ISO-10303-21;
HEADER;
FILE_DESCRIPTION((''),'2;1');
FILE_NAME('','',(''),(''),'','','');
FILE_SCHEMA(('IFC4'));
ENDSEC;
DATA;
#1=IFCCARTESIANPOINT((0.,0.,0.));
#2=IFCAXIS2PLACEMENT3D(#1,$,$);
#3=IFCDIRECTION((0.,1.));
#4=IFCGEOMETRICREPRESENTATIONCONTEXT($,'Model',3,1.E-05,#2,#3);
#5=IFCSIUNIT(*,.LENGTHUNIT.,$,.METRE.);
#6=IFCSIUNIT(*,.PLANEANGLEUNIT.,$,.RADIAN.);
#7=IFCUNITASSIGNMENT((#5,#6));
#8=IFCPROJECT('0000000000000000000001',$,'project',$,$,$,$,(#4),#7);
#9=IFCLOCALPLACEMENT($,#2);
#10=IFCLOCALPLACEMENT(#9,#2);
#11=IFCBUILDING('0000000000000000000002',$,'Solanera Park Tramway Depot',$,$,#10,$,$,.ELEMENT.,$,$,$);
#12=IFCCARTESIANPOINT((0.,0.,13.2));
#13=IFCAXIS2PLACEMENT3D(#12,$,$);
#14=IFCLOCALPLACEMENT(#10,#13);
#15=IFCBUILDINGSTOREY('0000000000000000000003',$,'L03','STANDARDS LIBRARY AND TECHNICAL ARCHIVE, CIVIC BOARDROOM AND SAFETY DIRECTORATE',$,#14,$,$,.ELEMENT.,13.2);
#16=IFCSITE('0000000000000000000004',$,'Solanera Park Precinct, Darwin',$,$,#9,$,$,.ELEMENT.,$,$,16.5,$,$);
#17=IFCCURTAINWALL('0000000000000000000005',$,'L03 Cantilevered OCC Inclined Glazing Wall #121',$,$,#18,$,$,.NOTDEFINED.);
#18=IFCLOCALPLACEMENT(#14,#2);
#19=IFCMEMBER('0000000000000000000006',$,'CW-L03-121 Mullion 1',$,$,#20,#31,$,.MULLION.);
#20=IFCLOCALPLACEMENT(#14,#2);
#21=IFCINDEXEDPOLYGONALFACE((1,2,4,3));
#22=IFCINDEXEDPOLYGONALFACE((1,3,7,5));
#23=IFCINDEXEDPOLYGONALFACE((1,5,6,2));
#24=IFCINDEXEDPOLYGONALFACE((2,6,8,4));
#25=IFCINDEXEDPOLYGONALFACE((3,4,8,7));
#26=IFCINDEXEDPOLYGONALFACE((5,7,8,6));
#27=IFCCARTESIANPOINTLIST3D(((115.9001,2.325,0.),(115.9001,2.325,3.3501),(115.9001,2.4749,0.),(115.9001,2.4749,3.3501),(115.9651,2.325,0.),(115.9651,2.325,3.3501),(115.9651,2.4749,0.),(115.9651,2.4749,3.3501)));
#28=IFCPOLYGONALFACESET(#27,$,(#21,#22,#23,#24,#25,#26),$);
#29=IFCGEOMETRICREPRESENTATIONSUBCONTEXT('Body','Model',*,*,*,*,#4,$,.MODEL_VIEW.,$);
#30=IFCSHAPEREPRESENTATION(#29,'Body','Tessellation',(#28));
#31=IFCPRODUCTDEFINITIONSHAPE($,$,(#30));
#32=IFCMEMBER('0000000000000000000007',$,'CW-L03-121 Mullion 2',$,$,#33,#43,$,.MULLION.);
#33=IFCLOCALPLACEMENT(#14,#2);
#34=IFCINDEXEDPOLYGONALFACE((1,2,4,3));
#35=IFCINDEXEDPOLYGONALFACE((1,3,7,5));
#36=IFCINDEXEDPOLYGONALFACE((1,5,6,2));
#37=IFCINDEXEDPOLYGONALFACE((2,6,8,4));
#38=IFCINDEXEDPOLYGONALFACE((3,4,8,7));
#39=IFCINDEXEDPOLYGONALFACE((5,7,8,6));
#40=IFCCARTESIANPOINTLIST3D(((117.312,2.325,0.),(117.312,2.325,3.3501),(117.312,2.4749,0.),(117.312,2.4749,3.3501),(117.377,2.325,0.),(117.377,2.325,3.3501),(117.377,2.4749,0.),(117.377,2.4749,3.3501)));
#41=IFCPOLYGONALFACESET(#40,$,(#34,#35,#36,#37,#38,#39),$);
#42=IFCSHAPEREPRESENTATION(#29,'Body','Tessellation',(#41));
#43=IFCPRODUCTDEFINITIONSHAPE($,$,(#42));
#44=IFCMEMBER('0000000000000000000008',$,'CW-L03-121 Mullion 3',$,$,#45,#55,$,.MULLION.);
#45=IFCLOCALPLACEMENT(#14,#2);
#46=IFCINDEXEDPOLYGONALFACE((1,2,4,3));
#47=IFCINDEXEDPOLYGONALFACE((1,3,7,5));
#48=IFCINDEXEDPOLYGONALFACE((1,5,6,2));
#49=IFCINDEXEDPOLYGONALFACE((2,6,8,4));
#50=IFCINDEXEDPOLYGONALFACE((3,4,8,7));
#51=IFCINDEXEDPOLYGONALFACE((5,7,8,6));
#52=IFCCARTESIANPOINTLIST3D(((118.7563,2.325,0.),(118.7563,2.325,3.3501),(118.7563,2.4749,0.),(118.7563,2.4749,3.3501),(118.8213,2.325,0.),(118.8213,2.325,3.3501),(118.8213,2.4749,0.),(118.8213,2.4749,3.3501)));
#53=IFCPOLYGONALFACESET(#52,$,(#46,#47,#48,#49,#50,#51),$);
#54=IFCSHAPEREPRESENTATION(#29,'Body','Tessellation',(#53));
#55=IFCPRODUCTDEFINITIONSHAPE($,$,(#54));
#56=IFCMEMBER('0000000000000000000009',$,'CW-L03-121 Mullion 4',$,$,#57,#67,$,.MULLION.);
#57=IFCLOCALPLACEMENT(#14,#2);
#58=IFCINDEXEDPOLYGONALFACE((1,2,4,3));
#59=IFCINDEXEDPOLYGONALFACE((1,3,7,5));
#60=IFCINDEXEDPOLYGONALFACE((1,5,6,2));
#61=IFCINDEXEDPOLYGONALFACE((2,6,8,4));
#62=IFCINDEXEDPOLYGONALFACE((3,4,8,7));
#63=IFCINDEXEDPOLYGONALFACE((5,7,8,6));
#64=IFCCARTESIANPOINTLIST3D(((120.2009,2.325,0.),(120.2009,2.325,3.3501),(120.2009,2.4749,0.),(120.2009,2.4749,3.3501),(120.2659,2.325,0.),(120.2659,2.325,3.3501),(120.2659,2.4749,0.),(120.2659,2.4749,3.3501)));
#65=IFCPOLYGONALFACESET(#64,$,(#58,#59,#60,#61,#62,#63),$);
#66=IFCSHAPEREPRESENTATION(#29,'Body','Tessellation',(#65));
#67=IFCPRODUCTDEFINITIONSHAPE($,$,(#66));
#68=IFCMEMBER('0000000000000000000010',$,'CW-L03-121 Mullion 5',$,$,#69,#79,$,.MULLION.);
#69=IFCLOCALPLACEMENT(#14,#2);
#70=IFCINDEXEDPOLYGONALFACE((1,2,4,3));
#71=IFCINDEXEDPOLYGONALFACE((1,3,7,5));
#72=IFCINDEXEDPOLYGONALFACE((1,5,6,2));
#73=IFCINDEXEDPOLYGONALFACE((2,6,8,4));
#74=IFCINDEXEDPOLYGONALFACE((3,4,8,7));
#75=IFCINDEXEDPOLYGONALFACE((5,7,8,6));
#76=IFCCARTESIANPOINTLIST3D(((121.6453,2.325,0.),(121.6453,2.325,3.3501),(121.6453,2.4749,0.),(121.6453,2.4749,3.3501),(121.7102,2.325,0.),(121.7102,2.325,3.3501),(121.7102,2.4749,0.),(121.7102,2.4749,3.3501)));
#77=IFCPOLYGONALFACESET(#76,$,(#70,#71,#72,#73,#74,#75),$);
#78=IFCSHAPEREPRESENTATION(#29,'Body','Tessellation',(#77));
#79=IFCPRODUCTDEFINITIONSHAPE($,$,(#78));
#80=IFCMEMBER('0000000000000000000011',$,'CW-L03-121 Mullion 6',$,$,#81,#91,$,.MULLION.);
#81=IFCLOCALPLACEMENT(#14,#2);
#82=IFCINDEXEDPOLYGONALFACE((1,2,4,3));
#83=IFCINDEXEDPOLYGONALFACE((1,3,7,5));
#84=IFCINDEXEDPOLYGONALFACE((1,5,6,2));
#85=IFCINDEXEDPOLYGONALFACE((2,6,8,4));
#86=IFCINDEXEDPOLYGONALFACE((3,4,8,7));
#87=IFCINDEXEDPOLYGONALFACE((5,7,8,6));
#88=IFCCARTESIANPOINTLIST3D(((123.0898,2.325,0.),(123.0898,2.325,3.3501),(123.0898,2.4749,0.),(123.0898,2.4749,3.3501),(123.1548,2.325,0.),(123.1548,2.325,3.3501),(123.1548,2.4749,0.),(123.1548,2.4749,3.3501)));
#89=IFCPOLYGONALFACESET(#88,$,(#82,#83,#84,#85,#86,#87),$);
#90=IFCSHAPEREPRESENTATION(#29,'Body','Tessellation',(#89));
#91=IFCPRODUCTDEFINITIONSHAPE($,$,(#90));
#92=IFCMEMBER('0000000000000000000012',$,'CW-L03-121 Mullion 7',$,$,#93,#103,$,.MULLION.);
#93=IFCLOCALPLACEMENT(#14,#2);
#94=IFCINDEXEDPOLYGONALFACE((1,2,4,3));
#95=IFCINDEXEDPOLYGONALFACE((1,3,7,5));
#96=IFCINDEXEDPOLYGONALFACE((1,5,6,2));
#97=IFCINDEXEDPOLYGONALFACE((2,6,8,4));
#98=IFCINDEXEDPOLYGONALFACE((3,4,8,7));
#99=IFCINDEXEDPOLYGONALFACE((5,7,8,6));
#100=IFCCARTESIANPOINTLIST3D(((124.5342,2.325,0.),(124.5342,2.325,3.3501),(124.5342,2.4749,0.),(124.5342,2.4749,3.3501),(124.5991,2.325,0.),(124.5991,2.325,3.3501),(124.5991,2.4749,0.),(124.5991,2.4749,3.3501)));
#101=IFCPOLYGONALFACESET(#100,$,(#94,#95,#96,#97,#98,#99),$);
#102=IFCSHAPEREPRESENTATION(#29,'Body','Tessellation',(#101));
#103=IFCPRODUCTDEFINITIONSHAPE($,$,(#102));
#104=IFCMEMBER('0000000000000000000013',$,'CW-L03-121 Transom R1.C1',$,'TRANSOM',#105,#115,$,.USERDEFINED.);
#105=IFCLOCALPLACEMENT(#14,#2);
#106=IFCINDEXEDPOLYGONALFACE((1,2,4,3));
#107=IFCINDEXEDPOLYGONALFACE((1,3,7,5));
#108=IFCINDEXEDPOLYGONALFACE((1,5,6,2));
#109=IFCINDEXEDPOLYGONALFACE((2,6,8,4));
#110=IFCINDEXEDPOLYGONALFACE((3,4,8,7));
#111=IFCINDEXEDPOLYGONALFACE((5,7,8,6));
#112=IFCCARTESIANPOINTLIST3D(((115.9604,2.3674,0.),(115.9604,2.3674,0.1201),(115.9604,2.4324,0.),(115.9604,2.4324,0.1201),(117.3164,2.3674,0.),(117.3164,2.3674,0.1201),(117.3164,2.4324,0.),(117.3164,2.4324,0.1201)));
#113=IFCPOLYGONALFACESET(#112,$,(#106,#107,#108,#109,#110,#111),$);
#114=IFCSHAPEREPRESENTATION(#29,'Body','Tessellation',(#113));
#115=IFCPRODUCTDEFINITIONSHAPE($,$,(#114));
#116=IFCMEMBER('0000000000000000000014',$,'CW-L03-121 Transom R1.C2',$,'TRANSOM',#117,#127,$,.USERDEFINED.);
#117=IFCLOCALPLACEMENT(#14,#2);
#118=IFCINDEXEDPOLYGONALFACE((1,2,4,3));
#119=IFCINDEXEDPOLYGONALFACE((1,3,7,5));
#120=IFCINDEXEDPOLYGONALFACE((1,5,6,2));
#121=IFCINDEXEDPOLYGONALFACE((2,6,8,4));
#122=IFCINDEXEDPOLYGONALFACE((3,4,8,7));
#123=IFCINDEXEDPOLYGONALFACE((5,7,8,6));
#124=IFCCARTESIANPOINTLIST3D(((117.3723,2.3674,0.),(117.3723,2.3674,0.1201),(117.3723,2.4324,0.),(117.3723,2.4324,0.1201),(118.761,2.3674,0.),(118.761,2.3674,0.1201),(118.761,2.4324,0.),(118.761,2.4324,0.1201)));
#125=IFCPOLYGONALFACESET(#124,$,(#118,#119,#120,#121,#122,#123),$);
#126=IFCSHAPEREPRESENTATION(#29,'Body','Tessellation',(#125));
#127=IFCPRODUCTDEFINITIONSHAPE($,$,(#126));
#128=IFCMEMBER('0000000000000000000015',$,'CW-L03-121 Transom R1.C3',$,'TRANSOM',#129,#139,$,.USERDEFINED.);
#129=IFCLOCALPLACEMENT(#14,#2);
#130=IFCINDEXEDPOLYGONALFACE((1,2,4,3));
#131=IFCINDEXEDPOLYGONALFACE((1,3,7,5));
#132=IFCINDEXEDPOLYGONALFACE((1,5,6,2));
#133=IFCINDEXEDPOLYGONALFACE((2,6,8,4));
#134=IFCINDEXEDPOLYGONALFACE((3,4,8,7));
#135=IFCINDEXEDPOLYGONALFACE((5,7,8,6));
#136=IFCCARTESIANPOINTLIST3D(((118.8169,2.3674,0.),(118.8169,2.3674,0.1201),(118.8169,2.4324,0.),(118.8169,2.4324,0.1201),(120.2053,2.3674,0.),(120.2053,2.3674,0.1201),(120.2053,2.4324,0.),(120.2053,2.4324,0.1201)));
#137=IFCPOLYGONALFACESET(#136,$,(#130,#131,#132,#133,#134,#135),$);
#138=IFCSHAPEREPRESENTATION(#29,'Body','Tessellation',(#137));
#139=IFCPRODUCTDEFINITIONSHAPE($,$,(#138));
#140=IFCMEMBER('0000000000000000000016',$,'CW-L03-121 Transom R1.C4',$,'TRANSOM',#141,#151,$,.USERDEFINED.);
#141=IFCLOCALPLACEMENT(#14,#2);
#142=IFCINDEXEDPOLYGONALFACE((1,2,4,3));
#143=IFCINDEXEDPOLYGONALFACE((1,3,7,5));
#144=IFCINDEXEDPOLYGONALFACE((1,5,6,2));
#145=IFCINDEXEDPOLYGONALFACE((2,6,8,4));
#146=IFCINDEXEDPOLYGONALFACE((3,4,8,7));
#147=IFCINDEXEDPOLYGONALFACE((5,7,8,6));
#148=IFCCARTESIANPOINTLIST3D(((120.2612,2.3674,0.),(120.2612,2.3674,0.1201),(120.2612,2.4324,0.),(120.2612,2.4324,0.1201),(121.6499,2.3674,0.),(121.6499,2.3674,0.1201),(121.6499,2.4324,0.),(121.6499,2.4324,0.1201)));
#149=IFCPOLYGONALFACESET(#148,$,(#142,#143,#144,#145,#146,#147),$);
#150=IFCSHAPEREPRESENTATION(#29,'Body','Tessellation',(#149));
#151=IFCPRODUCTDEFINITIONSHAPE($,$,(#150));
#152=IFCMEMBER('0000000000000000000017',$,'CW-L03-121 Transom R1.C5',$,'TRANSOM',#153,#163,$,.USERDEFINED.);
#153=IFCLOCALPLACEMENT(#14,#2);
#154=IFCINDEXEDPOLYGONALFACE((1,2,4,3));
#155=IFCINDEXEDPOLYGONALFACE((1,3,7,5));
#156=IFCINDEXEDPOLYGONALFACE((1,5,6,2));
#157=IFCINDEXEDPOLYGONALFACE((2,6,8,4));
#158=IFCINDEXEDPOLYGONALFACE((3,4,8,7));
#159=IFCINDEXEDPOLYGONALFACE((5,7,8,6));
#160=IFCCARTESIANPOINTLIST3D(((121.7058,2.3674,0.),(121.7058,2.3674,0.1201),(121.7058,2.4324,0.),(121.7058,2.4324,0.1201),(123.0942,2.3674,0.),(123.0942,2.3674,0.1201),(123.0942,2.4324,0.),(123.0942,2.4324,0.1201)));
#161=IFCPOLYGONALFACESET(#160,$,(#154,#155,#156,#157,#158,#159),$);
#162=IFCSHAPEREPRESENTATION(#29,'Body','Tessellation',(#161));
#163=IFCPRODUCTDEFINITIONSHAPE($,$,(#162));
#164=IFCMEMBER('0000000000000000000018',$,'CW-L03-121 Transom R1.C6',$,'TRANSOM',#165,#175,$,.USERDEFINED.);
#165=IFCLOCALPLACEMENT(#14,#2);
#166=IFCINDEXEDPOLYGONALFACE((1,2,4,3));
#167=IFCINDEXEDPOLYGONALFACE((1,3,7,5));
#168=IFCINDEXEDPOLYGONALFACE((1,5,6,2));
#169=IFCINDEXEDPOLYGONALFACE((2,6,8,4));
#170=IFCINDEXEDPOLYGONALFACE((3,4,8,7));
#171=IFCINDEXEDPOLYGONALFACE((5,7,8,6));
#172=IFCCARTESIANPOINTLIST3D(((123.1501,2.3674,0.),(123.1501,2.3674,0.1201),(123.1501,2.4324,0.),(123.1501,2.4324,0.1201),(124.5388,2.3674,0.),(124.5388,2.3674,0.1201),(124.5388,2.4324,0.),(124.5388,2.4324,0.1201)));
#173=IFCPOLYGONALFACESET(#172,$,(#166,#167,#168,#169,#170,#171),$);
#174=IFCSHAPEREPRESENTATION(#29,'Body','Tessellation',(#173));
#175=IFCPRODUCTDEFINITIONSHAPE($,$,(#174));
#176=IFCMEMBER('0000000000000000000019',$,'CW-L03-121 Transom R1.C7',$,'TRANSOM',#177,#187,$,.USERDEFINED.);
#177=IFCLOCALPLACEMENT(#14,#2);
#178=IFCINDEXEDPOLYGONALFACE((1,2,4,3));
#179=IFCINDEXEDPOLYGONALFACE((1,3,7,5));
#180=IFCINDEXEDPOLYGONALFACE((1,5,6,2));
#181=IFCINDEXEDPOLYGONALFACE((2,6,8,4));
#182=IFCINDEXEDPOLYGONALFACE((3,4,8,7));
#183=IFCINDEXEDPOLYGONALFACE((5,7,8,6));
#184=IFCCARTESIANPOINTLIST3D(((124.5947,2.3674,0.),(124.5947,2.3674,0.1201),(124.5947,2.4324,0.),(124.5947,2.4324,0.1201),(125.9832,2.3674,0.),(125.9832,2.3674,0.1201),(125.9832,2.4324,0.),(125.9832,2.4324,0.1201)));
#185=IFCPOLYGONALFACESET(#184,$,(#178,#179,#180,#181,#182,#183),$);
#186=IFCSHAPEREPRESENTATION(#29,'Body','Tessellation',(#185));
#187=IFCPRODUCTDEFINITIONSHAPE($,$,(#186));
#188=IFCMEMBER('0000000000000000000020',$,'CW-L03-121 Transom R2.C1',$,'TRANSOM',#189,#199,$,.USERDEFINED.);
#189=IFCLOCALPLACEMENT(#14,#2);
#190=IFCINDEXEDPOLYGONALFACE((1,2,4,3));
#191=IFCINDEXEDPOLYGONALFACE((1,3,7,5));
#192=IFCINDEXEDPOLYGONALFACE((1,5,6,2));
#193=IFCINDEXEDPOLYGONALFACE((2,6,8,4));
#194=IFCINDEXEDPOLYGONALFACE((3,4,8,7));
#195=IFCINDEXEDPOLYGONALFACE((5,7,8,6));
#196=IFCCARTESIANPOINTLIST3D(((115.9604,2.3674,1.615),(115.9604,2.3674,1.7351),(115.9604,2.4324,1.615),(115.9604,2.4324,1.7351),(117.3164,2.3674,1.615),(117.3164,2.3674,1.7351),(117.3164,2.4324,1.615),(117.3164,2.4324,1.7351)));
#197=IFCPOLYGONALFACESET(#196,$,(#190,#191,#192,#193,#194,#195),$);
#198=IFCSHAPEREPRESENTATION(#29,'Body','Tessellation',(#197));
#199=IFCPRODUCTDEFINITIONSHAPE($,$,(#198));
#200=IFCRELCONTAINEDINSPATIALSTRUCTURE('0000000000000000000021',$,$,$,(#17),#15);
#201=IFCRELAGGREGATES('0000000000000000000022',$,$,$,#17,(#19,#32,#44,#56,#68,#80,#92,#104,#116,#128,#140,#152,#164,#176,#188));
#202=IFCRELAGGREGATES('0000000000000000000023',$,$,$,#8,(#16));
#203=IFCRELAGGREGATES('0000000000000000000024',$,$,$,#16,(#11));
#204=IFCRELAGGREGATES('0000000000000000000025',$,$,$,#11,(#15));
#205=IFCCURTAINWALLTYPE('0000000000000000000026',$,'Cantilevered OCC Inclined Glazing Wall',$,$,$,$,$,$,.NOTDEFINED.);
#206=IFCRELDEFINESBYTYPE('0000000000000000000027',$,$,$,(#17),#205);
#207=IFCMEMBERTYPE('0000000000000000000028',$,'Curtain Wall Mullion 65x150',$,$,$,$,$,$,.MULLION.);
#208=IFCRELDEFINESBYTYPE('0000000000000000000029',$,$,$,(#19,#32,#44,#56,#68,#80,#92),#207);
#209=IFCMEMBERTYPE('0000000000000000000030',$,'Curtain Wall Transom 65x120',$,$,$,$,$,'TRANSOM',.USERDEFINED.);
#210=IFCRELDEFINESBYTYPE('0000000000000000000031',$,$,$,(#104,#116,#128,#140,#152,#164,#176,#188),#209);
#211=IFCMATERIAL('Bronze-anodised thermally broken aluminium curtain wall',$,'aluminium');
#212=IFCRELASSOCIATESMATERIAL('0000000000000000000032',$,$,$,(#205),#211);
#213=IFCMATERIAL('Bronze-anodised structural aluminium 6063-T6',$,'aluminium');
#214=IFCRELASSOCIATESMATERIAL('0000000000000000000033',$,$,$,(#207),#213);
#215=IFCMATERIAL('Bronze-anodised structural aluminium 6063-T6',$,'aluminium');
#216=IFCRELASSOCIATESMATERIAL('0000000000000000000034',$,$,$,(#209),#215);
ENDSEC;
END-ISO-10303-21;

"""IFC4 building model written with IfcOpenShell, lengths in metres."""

from ifc_helpers import new_model, si_unit, direction, frame, origin, origin_2d, place, context, subcontext, project, spatial, rectangle, extrude, material, material_profile, profile_set, type_object, element, aggregate, save


model = new_model("IFC4")

# Units and contexts
model_context = context("Model", 3, precision=1e-05, world=origin(), true_north=direction((0.0, 1.0)))
body_context = subcontext(model_context, "Body", "Model", "MODEL_VIEW")
ifc_project = project(units=[si_unit("LENGTHUNIT", "METRE"), si_unit("PLANEANGLEUNIT", "RADIAN")], contexts=[model_context])

# Site, building, storey
site_placement = place(None, origin())
site = spatial("IfcSite", under=ifc_project, at=site_placement, Name="Solanera Park Precinct, Darwin", CompositionType="ELEMENT", RefElevation=16.5)
building_placement = place(site_placement, origin())
building = spatial("IfcBuilding", under=site, at=building_placement, Name="Solanera Park Tramway Depot", CompositionType="ELEMENT")
storey_placement = place(building_placement, frame((0.0, 0.0, 13.2)))
storey = spatial("IfcBuildingStorey", under=building, at=storey_placement, Name="L03", Description="STANDARDS LIBRARY AND TECHNICAL ARCHIVE, CIVIC BOARDROOM AND SAFETY DIRECTORATE", CompositionType="ELEMENT", Elevation=13.2)

# Curtain wall, members
ifc_material_1 = material(Name="Bronze-anodised thermally broken aluminium curtain wall", Category="aluminium")
curtain_wall_type = type_object("IfcCurtainWallType", Name="Cantilevered OCC Inclined Glazing Wall", PredefinedType="NOTDEFINED", material=ifc_material_1)
curtain_wall_placement = place(storey_placement, origin())
curtain_wall = element("IfcCurtainWall", 1, at=curtain_wall_placement, inside=storey, type_object=curtain_wall_type, Name="L03 Cantilevered OCC Inclined Glazing Wall #121", PredefinedType="NOTDEFINED")
ifc_material_2 = material(Name="Bronze-anodised structural aluminium 6063-T6", Category="aluminium")
ifc_material_profile_1 = material_profile(ifc_material_2, rectangle(XDim=0.0649, YDim=0.1499, at=origin_2d()), Name="Curtain Wall Mullion 65x150")
ifc_profile_set_1 = profile_set([ifc_material_profile_1], Name="Bronze-anodised structural aluminium 6063-T6")
member_type_1 = type_object("IfcMemberType", Name="Curtain Wall Mullion 65x150", PredefinedType="MULLION", material=ifc_profile_set_1)
member_1_placement = place(storey_placement, frame((115.9326, 2.3999, 0.0), z_axis=(0.0, 0.0, 1.0), x_axis=(1.0, 0.0, 0.0)))
member_1 = element("IfcMember", 2, at=member_1_placement, type_object=member_type_1, Name="CW-L03-121 Mullion 1", PredefinedType="MULLION", context=body_context, shape_type="SweptSolid", body=[
    extrude(rectangle(XDim=0.0649, YDim=0.1499, at=origin_2d()), origin(), (0.0, 0.0, 1.0), 3.3501),
])
member_2_placement = place(storey_placement, frame((117.3445, 2.3999, 0.0), z_axis=(0.0, 0.0, 1.0), x_axis=(1.0, 0.0, 0.0)))
member_2 = element("IfcMember", 3, at=member_2_placement, type_object=member_type_1, Name="CW-L03-121 Mullion 2", PredefinedType="MULLION", context=body_context, shape_type="SweptSolid", body=[
    extrude(rectangle(XDim=0.0649, YDim=0.1499, at=origin_2d()), origin(), (0.0, 0.0, 1.0), 3.3501),
])
member_3_placement = place(storey_placement, frame((118.7888, 2.3999, 0.0), z_axis=(0.0, 0.0, 1.0), x_axis=(1.0, 0.0, 0.0)))
member_3 = element("IfcMember", 4, at=member_3_placement, type_object=member_type_1, Name="CW-L03-121 Mullion 3", PredefinedType="MULLION", context=body_context, shape_type="SweptSolid", body=[
    extrude(rectangle(XDim=0.0649, YDim=0.1499, at=origin_2d()), origin(), (0.0, 0.0, 1.0), 3.3501),
])
member_4_placement = place(storey_placement, frame((120.2334, 2.3999, 0.0), z_axis=(0.0, 0.0, 1.0), x_axis=(1.0, 0.0, 0.0)))
member_4 = element("IfcMember", 5, at=member_4_placement, type_object=member_type_1, Name="CW-L03-121 Mullion 4", PredefinedType="MULLION", context=body_context, shape_type="SweptSolid", body=[
    extrude(rectangle(XDim=0.0649, YDim=0.1499, at=origin_2d()), origin(), (0.0, 0.0, 1.0), 3.3501),
])
member_5_placement = place(storey_placement, frame((121.6777, 2.3999, 0.0), z_axis=(0.0, 0.0, 1.0), x_axis=(1.0, 0.0, 0.0)))
member_5 = element("IfcMember", 6, at=member_5_placement, type_object=member_type_1, Name="CW-L03-121 Mullion 5", PredefinedType="MULLION", context=body_context, shape_type="SweptSolid", body=[
    extrude(rectangle(XDim=0.0649, YDim=0.1499, at=origin_2d()), origin(), (0.0, 0.0, 1.0), 3.3501),
])
member_6_placement = place(storey_placement, frame((123.1223, 2.3999, 0.0), z_axis=(0.0, 0.0, 1.0), x_axis=(1.0, 0.0, 0.0)))
member_6 = element("IfcMember", 7, at=member_6_placement, type_object=member_type_1, Name="CW-L03-121 Mullion 6", PredefinedType="MULLION", context=body_context, shape_type="SweptSolid", body=[
    extrude(rectangle(XDim=0.0649, YDim=0.1499, at=origin_2d()), origin(), (0.0, 0.0, 1.0), 3.3501),
])
member_7_placement = place(storey_placement, frame((124.5667, 2.3999, 0.0), z_axis=(0.0, 0.0, 1.0), x_axis=(1.0, 0.0, 0.0)))
member_7 = element("IfcMember", 8, at=member_7_placement, type_object=member_type_1, Name="CW-L03-121 Mullion 7", PredefinedType="MULLION", context=body_context, shape_type="SweptSolid", body=[
    extrude(rectangle(XDim=0.0649, YDim=0.1499, at=origin_2d()), origin(), (0.0, 0.0, 1.0), 3.3501),
])
ifc_material_3 = material(Name="Bronze-anodised structural aluminium 6063-T6", Category="aluminium")
ifc_material_profile_2 = material_profile(ifc_material_3, rectangle(XDim=0.0649, YDim=0.1201, at=origin_2d()), Name="Curtain Wall Transom 65x120")
ifc_profile_set_2 = profile_set([ifc_material_profile_2], Name="Bronze-anodised structural aluminium 6063-T6")
member_type_2 = type_object("IfcMemberType", Name="Curtain Wall Transom 65x120", ElementType="TRANSOM", PredefinedType="USERDEFINED", material=ifc_profile_set_2)
member_8_placement = place(storey_placement, frame((115.9604, 2.3999, 0.0601), z_axis=(1.0, 0.0, 0.0), x_axis=(0.0, 1.0, 0.0)))
member_8 = element("IfcMember", 9, at=member_8_placement, type_object=member_type_2, Name="CW-L03-121 Transom R1.C1", ObjectType="TRANSOM", PredefinedType="USERDEFINED", context=body_context, shape_type="SweptSolid", body=[
    extrude(rectangle(XDim=0.0649, YDim=0.1201, at=origin_2d()), origin(), (0.0, 0.0, 1.0), 1.356),
])
member_9_placement = place(storey_placement, frame((117.3723, 2.3999, 0.0601), z_axis=(1.0, 0.0, 0.0), x_axis=(0.0, 1.0, 0.0)))
member_9 = element("IfcMember", 10, at=member_9_placement, type_object=member_type_2, Name="CW-L03-121 Transom R1.C2", ObjectType="TRANSOM", PredefinedType="USERDEFINED", context=body_context, shape_type="SweptSolid", body=[
    extrude(rectangle(XDim=0.0649, YDim=0.1201, at=origin_2d()), origin(), (0.0, 0.0, 1.0), 1.3887),
])
member_10_placement = place(storey_placement, frame((118.8169, 2.3999, 0.0601), z_axis=(1.0, 0.0, 0.0), x_axis=(0.0, 1.0, 0.0)))
member_10 = element("IfcMember", 11, at=member_10_placement, type_object=member_type_2, Name="CW-L03-121 Transom R1.C3", ObjectType="TRANSOM", PredefinedType="USERDEFINED", context=body_context, shape_type="SweptSolid", body=[
    extrude(rectangle(XDim=0.0649, YDim=0.1201, at=origin_2d()), origin(), (0.0, 0.0, 1.0), 1.3884),
])
member_11_placement = place(storey_placement, frame((120.2612, 2.3999, 0.0601), z_axis=(1.0, 0.0, 0.0), x_axis=(0.0, 1.0, 0.0)))
member_11 = element("IfcMember", 12, at=member_11_placement, type_object=member_type_2, Name="CW-L03-121 Transom R1.C4", ObjectType="TRANSOM", PredefinedType="USERDEFINED", context=body_context, shape_type="SweptSolid", body=[
    extrude(rectangle(XDim=0.0649, YDim=0.1201, at=origin_2d()), origin(), (0.0, 0.0, 1.0), 1.3887),
])
member_12_placement = place(storey_placement, frame((121.7058, 2.3999, 0.0601), z_axis=(1.0, 0.0, 0.0), x_axis=(0.0, 1.0, 0.0)))
member_12 = element("IfcMember", 13, at=member_12_placement, type_object=member_type_2, Name="CW-L03-121 Transom R1.C5", ObjectType="TRANSOM", PredefinedType="USERDEFINED", context=body_context, shape_type="SweptSolid", body=[
    extrude(rectangle(XDim=0.0649, YDim=0.1201, at=origin_2d()), origin(), (0.0, 0.0, 1.0), 1.3884),
])
member_13_placement = place(storey_placement, frame((123.1501, 2.3999, 0.0601), z_axis=(1.0, 0.0, 0.0), x_axis=(0.0, 1.0, 0.0)))
member_13 = element("IfcMember", 14, at=member_13_placement, type_object=member_type_2, Name="CW-L03-121 Transom R1.C6", ObjectType="TRANSOM", PredefinedType="USERDEFINED", context=body_context, shape_type="SweptSolid", body=[
    extrude(rectangle(XDim=0.0649, YDim=0.1201, at=origin_2d()), origin(), (0.0, 0.0, 1.0), 1.3887),
])
member_14_placement = place(storey_placement, frame((124.5947, 2.3999, 0.0601), z_axis=(1.0, 0.0, 0.0), x_axis=(0.0, 1.0, 0.0)))
member_14 = element("IfcMember", 15, at=member_14_placement, type_object=member_type_2, Name="CW-L03-121 Transom R1.C7", ObjectType="TRANSOM", PredefinedType="USERDEFINED", context=body_context, shape_type="SweptSolid", body=[
    extrude(rectangle(XDim=0.0649, YDim=0.1201, at=origin_2d()), origin(), (0.0, 0.0, 1.0), 1.3884),
])
member_15_placement = place(storey_placement, frame((115.9604, 2.3999, 1.675), z_axis=(1.0, 0.0, 0.0), x_axis=(0.0, 1.0, 0.0)))
member_15 = element("IfcMember", 16, at=member_15_placement, type_object=member_type_2, Name="CW-L03-121 Transom R2.C1", ObjectType="TRANSOM", PredefinedType="USERDEFINED", context=body_context, shape_type="SweptSolid", body=[
    extrude(rectangle(XDim=0.0649, YDim=0.1201, at=origin_2d()), origin(), (0.0, 0.0, 1.0), 1.356),
])
aggregate(curtain_wall, [member_1, member_2, member_3, member_4, member_5, member_6, member_7, member_8, member_9, member_10, member_11, member_12, member_13, member_14, member_15])

save(model, "model.ifc")
